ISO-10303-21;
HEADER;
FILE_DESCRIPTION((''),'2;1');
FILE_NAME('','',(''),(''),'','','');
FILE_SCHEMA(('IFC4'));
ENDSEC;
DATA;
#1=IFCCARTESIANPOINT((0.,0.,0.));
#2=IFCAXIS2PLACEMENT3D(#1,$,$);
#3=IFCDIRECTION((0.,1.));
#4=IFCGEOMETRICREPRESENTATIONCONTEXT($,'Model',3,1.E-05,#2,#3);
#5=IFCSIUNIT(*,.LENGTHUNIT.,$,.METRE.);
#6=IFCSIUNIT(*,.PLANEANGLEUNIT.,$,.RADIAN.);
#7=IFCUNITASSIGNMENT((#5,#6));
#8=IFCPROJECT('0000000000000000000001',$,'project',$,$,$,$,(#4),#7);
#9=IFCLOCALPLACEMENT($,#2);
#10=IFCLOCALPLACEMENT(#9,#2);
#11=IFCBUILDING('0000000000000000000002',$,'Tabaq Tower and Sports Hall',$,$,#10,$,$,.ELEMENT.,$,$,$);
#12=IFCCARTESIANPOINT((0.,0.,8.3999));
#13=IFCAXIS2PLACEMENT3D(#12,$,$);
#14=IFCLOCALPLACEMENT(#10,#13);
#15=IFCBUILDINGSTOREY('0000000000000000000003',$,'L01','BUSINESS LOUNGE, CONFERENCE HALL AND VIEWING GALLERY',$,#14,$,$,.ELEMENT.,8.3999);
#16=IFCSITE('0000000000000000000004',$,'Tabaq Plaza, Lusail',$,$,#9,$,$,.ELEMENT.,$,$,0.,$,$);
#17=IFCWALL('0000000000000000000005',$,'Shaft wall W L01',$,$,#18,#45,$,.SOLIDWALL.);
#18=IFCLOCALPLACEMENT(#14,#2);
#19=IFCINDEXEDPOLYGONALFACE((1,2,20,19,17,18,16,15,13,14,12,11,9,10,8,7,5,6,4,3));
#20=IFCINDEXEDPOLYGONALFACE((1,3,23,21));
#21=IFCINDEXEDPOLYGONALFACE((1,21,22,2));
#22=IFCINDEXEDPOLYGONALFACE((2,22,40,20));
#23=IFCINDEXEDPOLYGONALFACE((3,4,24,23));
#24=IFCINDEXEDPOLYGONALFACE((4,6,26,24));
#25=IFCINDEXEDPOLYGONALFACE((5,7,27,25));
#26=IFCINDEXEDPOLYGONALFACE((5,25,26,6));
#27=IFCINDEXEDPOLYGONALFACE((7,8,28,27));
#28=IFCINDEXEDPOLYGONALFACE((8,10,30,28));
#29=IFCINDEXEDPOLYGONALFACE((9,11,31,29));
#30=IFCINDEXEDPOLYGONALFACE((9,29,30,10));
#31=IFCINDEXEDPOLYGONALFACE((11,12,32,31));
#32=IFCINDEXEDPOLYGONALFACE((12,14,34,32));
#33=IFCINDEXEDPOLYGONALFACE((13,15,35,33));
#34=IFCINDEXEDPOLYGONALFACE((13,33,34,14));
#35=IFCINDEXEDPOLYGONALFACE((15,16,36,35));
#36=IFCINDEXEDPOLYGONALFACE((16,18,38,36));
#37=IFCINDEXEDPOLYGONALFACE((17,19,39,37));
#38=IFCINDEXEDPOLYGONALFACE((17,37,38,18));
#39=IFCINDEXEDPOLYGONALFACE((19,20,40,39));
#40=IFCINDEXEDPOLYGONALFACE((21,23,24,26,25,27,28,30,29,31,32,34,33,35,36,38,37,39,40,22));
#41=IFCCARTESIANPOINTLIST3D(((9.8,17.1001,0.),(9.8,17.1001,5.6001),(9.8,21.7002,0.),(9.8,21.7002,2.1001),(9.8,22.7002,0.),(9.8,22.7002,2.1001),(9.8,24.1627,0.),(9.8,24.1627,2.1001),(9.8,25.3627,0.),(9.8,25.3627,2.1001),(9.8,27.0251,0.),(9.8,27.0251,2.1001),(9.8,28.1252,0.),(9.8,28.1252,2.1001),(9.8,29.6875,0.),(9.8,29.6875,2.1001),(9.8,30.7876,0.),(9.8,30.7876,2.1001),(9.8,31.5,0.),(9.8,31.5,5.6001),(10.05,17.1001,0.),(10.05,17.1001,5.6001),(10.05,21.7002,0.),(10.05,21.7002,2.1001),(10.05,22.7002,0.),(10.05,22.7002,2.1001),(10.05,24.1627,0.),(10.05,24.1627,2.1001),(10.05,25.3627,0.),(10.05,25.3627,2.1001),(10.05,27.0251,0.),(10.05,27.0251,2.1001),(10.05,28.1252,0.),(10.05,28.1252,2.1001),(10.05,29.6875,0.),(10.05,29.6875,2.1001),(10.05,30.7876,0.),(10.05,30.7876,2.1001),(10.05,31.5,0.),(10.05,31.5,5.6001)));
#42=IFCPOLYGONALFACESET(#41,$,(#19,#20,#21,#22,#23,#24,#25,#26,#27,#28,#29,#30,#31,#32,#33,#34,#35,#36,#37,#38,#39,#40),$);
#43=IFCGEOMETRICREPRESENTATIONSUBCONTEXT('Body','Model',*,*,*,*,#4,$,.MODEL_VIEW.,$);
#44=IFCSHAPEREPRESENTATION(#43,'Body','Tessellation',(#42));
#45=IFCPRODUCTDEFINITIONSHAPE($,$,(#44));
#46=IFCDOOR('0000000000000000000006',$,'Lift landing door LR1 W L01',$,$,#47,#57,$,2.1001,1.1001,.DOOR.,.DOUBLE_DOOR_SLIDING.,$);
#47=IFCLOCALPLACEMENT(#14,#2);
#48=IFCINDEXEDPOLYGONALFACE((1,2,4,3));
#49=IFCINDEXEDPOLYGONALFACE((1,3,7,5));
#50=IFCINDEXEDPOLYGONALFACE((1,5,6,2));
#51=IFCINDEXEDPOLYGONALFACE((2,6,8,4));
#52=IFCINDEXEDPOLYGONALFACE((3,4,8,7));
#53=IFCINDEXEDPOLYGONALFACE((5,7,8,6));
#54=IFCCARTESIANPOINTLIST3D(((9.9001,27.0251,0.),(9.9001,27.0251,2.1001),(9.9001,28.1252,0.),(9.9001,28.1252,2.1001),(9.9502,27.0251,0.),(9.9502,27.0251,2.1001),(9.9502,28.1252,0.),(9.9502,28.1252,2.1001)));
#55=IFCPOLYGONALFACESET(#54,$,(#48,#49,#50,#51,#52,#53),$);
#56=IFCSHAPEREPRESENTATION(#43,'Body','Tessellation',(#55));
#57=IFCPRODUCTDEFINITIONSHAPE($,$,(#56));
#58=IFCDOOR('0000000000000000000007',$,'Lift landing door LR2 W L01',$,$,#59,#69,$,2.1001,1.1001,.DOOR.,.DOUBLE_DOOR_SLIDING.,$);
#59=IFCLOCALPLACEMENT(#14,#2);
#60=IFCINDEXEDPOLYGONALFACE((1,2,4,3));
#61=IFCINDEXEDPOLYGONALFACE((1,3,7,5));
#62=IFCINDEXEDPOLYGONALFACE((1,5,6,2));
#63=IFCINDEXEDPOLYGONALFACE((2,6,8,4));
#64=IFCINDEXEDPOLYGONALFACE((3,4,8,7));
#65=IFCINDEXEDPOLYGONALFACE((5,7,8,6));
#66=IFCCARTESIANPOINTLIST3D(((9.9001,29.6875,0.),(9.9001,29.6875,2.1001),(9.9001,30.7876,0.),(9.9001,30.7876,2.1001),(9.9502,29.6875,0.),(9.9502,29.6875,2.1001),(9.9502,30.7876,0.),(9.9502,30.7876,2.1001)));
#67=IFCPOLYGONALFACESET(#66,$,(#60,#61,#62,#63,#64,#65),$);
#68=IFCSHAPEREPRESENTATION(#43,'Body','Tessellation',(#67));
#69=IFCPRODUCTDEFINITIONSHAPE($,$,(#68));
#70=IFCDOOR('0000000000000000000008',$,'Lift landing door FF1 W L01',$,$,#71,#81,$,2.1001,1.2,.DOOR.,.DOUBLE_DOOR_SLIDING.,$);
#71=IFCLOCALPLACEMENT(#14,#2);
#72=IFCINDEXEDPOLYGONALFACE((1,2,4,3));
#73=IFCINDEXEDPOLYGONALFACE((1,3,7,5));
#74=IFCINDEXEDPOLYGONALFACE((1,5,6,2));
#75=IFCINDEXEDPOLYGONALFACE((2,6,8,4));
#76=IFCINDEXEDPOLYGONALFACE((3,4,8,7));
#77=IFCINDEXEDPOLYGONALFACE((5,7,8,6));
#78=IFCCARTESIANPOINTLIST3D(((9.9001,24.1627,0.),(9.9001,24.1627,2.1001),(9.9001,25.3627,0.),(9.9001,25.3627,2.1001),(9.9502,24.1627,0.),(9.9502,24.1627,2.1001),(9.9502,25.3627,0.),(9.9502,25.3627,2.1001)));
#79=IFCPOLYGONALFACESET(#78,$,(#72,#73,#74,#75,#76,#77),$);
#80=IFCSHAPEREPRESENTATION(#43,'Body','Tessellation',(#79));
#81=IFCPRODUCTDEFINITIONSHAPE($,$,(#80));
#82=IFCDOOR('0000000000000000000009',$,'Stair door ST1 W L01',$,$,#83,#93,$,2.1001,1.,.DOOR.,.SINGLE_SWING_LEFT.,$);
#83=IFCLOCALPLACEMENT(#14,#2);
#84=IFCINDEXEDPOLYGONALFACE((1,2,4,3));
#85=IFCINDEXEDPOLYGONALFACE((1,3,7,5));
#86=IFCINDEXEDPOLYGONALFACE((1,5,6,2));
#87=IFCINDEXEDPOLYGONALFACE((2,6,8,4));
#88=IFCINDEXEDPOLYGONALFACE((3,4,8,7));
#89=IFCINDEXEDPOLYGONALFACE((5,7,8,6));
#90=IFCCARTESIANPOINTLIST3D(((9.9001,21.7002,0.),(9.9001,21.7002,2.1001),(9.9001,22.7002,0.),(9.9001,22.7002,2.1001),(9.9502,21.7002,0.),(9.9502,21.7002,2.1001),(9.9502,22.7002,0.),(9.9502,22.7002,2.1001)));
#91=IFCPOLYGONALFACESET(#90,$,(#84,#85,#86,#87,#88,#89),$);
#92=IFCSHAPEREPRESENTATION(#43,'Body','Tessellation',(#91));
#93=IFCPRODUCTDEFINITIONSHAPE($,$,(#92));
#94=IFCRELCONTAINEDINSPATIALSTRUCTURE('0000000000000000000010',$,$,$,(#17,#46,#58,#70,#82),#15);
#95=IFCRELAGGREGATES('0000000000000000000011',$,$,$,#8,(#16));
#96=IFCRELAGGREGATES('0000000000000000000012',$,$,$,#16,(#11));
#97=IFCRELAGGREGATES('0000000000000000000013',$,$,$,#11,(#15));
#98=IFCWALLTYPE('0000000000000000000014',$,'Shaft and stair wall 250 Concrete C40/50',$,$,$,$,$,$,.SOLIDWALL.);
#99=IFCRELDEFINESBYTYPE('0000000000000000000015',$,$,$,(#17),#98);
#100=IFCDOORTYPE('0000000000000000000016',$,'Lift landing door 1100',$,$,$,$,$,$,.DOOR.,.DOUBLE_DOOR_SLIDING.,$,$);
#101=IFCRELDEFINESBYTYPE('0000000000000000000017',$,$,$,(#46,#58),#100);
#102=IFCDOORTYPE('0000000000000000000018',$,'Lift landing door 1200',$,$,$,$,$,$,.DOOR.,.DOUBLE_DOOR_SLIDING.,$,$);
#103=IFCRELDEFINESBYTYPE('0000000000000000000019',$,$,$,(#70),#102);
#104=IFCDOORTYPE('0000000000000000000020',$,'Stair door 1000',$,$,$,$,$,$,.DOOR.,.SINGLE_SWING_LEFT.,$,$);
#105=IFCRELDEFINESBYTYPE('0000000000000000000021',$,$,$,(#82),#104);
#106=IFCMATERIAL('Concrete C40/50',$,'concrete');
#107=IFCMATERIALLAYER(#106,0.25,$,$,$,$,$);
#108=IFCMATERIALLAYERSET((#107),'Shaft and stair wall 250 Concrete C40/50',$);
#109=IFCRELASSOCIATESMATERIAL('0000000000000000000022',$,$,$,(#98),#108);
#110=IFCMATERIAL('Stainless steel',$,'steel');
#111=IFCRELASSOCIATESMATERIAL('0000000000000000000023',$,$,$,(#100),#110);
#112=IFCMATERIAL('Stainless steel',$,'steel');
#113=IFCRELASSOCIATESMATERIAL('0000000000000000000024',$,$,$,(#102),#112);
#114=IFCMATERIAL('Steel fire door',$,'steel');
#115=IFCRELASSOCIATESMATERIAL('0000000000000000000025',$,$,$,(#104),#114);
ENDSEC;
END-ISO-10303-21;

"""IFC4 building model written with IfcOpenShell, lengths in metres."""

from ifc_helpers import new_model, si_unit, direction, frame, frame_2d, origin, place, context, subcontext, project, spatial, rectangle, extrude, material, layer, layer_set, type_object, element, fill, save


model = new_model("IFC4")

# Units and contexts
model_context = context("Model", 3, precision=1e-05, world=origin(), true_north=direction((0.0, 1.0)))
body_context = subcontext(model_context, "Body", "Model", "MODEL_VIEW")
ifc_project = project(units=[si_unit("LENGTHUNIT", "METRE"), si_unit("PLANEANGLEUNIT", "RADIAN")], contexts=[model_context])

# Site, building, storey
site_placement = place(None, origin())
site = spatial("IfcSite", under=ifc_project, at=site_placement, Name="Tabaq Plaza, Lusail", CompositionType="ELEMENT", RefElevation=0.0)
building_placement = place(site_placement, origin())
building = spatial("IfcBuilding", under=site, at=building_placement, Name="Tabaq Tower and Sports Hall", CompositionType="ELEMENT")
storey_placement = place(building_placement, frame((0.0, 0.0, 8.3999)))
storey = spatial("IfcBuildingStorey", under=building, at=storey_placement, Name="L01", Description="BUSINESS LOUNGE, CONFERENCE HALL AND VIEWING GALLERY", CompositionType="ELEMENT", Elevation=8.3999)

# Wall, openings, doors
ifc_material_1 = material(Name="Concrete C40/50", Category="concrete")
ifc_layer = layer(ifc_material_1, 0.25)
ifc_layer_set = layer_set([ifc_layer], Name="Shaft and stair wall 250 Concrete C40/50")
wall_type = type_object("IfcWallType", Name="Shaft and stair wall 250 Concrete C40/50", PredefinedType="SOLIDWALL", material=ifc_layer_set)
wall_1_placement = place(storey_placement, frame((9.925, 17.1001, 0.0), z_axis=(0.0, 0.0, 1.0), x_axis=(0.0, 1.0, 0.0)))
wall_1 = element("IfcWall", 1, at=wall_1_placement, inside=storey, type_object=wall_type, Name="Shaft wall W L01", PredefinedType="SOLIDWALL", context=body_context, shape_type="SweptSolid", body=[
    extrude(rectangle(XDim=14.3999, YDim=0.25, at=frame_2d((7.2, 0.0))), origin(), (0.0, 0.0, 1.0), 5.6001),
])
opening_1_placement = place(wall_1_placement, frame((4.6001, 0.0, 0.0)))
opening_1 = element("IfcOpeningElement", 2, at=opening_1_placement, cuts=wall_1, PredefinedType="OPENING", context=body_context, shape_type="SweptSolid", body=[
    extrude(rectangle(XDim=1.0, YDim=2.1001, at=frame_2d((0.5, 1.05))), frame((0.0, 0.125, 0.0), z_axis=(0.0, -1.0, 0.0), x_axis=(1.0, 0.0, 0.0)), (0.0, 0.0, 1.0), 0.25),
])
opening_2_placement = place(wall_1_placement, frame((7.0625, 0.0, 0.0)))
opening_2 = element("IfcOpeningElement", 3, at=opening_2_placement, cuts=wall_1, PredefinedType="OPENING", context=body_context, shape_type="SweptSolid", body=[
    extrude(rectangle(XDim=1.2, YDim=2.1001, at=frame_2d((0.6001, 1.05))), frame((0.0, 0.125, 0.0), z_axis=(0.0, -1.0, 0.0), x_axis=(1.0, 0.0, 0.0)), (0.0, 0.0, 1.0), 0.25),
])
opening_3_placement = place(wall_1_placement, frame((9.925, 0.0, 0.0)))
opening_3 = element("IfcOpeningElement", 4, at=opening_3_placement, cuts=wall_1, PredefinedType="OPENING", context=body_context, shape_type="SweptSolid", body=[
    extrude(rectangle(XDim=1.1001, YDim=2.1001, at=frame_2d((0.55, 1.05))), frame((0.0, 0.125, 0.0), z_axis=(0.0, -1.0, 0.0), x_axis=(1.0, 0.0, 0.0)), (0.0, 0.0, 1.0), 0.25),
])
opening_4_placement = place(wall_1_placement, frame((12.5874, 0.0, 0.0)))
opening_4 = element("IfcOpeningElement", 5, at=opening_4_placement, cuts=wall_1, PredefinedType="OPENING", context=body_context, shape_type="SweptSolid", body=[
    extrude(rectangle(XDim=1.1001, YDim=2.1001, at=frame_2d((0.55, 1.05))), frame((0.0, 0.125, 0.0), z_axis=(0.0, -1.0, 0.0), x_axis=(1.0, 0.0, 0.0)), (0.0, 0.0, 1.0), 0.25),
])
ifc_material_2 = material(Name="Stainless steel", Category="steel")
door_type_1 = type_object("IfcDoorType", Name="Lift landing door 1100", OperationType="DOUBLE_DOOR_SLIDING", PredefinedType="DOOR", material=ifc_material_2)
door_1_placement = place(opening_3_placement, origin())
door_1 = element("IfcDoor", 6, at=door_1_placement, inside=storey, type_object=door_type_1, Name="Lift landing door LR1 W L01", OperationType="DOUBLE_DOOR_SLIDING", OverallHeight=2.1001, OverallWidth=1.1001, PredefinedType="DOOR", context=body_context, shape_type="SweptSolid", body=[
    extrude(rectangle(XDim=1.1001, YDim=2.1001, at=frame_2d((0.55, 1.05))), frame((0.0, 0.0249, 0.0), z_axis=(0.0, -1.0, 0.0), x_axis=(1.0, 0.0, 0.0)), (0.0, 0.0, 1.0), 0.05),
])
fill(opening_3, door_1)
door_2_placement = place(opening_4_placement, origin())
door_2 = element("IfcDoor", 7, at=door_2_placement, inside=storey, type_object=door_type_1, Name="Lift landing door LR2 W L01", OperationType="DOUBLE_DOOR_SLIDING", OverallHeight=2.1001, OverallWidth=1.1001, PredefinedType="DOOR", context=body_context, shape_type="SweptSolid", body=[
    extrude(rectangle(XDim=1.1001, YDim=2.1001, at=frame_2d((0.55, 1.05))), frame((0.0, 0.0249, 0.0), z_axis=(0.0, -1.0, 0.0), x_axis=(1.0, 0.0, 0.0)), (0.0, 0.0, 1.0), 0.05),
])
fill(opening_4, door_2)
ifc_material_3 = material(Name="Stainless steel", Category="steel")
door_type_2 = type_object("IfcDoorType", Name="Lift landing door 1200", OperationType="DOUBLE_DOOR_SLIDING", PredefinedType="DOOR", material=ifc_material_3)
door_3_placement = place(opening_2_placement, origin())
door_3 = element("IfcDoor", 8, at=door_3_placement, inside=storey, type_object=door_type_2, Name="Lift landing door FF1 W L01", OperationType="DOUBLE_DOOR_SLIDING", OverallHeight=2.1001, OverallWidth=1.2, PredefinedType="DOOR", context=body_context, shape_type="SweptSolid", body=[
    extrude(rectangle(XDim=1.2, YDim=2.1001, at=frame_2d((0.6001, 1.05))), frame((0.0, 0.0249, 0.0), z_axis=(0.0, -1.0, 0.0), x_axis=(1.0, 0.0, 0.0)), (0.0, 0.0, 1.0), 0.05),
])
fill(opening_2, door_3)
ifc_material_4 = material(Name="Steel fire door", Category="steel")
door_type_3 = type_object("IfcDoorType", Name="Stair door 1000", OperationType="SINGLE_SWING_LEFT", PredefinedType="DOOR", material=ifc_material_4)
door_4_placement = place(opening_1_placement, origin())
door_4 = element("IfcDoor", 9, at=door_4_placement, inside=storey, type_object=door_type_3, Name="Stair door ST1 W L01", OperationType="SINGLE_SWING_LEFT", OverallHeight=2.1001, OverallWidth=1.0, PredefinedType="DOOR", context=body_context, shape_type="SweptSolid", body=[
    extrude(rectangle(XDim=1.0, YDim=2.1001, at=frame_2d((0.5, 1.05))), frame((0.0, 0.0249, 0.0), z_axis=(0.0, -1.0, 0.0), x_axis=(1.0, 0.0, 0.0)), (0.0, 0.0, 1.0), 0.05),
])
fill(opening_1, door_4)

save(model, "model.ifc")
